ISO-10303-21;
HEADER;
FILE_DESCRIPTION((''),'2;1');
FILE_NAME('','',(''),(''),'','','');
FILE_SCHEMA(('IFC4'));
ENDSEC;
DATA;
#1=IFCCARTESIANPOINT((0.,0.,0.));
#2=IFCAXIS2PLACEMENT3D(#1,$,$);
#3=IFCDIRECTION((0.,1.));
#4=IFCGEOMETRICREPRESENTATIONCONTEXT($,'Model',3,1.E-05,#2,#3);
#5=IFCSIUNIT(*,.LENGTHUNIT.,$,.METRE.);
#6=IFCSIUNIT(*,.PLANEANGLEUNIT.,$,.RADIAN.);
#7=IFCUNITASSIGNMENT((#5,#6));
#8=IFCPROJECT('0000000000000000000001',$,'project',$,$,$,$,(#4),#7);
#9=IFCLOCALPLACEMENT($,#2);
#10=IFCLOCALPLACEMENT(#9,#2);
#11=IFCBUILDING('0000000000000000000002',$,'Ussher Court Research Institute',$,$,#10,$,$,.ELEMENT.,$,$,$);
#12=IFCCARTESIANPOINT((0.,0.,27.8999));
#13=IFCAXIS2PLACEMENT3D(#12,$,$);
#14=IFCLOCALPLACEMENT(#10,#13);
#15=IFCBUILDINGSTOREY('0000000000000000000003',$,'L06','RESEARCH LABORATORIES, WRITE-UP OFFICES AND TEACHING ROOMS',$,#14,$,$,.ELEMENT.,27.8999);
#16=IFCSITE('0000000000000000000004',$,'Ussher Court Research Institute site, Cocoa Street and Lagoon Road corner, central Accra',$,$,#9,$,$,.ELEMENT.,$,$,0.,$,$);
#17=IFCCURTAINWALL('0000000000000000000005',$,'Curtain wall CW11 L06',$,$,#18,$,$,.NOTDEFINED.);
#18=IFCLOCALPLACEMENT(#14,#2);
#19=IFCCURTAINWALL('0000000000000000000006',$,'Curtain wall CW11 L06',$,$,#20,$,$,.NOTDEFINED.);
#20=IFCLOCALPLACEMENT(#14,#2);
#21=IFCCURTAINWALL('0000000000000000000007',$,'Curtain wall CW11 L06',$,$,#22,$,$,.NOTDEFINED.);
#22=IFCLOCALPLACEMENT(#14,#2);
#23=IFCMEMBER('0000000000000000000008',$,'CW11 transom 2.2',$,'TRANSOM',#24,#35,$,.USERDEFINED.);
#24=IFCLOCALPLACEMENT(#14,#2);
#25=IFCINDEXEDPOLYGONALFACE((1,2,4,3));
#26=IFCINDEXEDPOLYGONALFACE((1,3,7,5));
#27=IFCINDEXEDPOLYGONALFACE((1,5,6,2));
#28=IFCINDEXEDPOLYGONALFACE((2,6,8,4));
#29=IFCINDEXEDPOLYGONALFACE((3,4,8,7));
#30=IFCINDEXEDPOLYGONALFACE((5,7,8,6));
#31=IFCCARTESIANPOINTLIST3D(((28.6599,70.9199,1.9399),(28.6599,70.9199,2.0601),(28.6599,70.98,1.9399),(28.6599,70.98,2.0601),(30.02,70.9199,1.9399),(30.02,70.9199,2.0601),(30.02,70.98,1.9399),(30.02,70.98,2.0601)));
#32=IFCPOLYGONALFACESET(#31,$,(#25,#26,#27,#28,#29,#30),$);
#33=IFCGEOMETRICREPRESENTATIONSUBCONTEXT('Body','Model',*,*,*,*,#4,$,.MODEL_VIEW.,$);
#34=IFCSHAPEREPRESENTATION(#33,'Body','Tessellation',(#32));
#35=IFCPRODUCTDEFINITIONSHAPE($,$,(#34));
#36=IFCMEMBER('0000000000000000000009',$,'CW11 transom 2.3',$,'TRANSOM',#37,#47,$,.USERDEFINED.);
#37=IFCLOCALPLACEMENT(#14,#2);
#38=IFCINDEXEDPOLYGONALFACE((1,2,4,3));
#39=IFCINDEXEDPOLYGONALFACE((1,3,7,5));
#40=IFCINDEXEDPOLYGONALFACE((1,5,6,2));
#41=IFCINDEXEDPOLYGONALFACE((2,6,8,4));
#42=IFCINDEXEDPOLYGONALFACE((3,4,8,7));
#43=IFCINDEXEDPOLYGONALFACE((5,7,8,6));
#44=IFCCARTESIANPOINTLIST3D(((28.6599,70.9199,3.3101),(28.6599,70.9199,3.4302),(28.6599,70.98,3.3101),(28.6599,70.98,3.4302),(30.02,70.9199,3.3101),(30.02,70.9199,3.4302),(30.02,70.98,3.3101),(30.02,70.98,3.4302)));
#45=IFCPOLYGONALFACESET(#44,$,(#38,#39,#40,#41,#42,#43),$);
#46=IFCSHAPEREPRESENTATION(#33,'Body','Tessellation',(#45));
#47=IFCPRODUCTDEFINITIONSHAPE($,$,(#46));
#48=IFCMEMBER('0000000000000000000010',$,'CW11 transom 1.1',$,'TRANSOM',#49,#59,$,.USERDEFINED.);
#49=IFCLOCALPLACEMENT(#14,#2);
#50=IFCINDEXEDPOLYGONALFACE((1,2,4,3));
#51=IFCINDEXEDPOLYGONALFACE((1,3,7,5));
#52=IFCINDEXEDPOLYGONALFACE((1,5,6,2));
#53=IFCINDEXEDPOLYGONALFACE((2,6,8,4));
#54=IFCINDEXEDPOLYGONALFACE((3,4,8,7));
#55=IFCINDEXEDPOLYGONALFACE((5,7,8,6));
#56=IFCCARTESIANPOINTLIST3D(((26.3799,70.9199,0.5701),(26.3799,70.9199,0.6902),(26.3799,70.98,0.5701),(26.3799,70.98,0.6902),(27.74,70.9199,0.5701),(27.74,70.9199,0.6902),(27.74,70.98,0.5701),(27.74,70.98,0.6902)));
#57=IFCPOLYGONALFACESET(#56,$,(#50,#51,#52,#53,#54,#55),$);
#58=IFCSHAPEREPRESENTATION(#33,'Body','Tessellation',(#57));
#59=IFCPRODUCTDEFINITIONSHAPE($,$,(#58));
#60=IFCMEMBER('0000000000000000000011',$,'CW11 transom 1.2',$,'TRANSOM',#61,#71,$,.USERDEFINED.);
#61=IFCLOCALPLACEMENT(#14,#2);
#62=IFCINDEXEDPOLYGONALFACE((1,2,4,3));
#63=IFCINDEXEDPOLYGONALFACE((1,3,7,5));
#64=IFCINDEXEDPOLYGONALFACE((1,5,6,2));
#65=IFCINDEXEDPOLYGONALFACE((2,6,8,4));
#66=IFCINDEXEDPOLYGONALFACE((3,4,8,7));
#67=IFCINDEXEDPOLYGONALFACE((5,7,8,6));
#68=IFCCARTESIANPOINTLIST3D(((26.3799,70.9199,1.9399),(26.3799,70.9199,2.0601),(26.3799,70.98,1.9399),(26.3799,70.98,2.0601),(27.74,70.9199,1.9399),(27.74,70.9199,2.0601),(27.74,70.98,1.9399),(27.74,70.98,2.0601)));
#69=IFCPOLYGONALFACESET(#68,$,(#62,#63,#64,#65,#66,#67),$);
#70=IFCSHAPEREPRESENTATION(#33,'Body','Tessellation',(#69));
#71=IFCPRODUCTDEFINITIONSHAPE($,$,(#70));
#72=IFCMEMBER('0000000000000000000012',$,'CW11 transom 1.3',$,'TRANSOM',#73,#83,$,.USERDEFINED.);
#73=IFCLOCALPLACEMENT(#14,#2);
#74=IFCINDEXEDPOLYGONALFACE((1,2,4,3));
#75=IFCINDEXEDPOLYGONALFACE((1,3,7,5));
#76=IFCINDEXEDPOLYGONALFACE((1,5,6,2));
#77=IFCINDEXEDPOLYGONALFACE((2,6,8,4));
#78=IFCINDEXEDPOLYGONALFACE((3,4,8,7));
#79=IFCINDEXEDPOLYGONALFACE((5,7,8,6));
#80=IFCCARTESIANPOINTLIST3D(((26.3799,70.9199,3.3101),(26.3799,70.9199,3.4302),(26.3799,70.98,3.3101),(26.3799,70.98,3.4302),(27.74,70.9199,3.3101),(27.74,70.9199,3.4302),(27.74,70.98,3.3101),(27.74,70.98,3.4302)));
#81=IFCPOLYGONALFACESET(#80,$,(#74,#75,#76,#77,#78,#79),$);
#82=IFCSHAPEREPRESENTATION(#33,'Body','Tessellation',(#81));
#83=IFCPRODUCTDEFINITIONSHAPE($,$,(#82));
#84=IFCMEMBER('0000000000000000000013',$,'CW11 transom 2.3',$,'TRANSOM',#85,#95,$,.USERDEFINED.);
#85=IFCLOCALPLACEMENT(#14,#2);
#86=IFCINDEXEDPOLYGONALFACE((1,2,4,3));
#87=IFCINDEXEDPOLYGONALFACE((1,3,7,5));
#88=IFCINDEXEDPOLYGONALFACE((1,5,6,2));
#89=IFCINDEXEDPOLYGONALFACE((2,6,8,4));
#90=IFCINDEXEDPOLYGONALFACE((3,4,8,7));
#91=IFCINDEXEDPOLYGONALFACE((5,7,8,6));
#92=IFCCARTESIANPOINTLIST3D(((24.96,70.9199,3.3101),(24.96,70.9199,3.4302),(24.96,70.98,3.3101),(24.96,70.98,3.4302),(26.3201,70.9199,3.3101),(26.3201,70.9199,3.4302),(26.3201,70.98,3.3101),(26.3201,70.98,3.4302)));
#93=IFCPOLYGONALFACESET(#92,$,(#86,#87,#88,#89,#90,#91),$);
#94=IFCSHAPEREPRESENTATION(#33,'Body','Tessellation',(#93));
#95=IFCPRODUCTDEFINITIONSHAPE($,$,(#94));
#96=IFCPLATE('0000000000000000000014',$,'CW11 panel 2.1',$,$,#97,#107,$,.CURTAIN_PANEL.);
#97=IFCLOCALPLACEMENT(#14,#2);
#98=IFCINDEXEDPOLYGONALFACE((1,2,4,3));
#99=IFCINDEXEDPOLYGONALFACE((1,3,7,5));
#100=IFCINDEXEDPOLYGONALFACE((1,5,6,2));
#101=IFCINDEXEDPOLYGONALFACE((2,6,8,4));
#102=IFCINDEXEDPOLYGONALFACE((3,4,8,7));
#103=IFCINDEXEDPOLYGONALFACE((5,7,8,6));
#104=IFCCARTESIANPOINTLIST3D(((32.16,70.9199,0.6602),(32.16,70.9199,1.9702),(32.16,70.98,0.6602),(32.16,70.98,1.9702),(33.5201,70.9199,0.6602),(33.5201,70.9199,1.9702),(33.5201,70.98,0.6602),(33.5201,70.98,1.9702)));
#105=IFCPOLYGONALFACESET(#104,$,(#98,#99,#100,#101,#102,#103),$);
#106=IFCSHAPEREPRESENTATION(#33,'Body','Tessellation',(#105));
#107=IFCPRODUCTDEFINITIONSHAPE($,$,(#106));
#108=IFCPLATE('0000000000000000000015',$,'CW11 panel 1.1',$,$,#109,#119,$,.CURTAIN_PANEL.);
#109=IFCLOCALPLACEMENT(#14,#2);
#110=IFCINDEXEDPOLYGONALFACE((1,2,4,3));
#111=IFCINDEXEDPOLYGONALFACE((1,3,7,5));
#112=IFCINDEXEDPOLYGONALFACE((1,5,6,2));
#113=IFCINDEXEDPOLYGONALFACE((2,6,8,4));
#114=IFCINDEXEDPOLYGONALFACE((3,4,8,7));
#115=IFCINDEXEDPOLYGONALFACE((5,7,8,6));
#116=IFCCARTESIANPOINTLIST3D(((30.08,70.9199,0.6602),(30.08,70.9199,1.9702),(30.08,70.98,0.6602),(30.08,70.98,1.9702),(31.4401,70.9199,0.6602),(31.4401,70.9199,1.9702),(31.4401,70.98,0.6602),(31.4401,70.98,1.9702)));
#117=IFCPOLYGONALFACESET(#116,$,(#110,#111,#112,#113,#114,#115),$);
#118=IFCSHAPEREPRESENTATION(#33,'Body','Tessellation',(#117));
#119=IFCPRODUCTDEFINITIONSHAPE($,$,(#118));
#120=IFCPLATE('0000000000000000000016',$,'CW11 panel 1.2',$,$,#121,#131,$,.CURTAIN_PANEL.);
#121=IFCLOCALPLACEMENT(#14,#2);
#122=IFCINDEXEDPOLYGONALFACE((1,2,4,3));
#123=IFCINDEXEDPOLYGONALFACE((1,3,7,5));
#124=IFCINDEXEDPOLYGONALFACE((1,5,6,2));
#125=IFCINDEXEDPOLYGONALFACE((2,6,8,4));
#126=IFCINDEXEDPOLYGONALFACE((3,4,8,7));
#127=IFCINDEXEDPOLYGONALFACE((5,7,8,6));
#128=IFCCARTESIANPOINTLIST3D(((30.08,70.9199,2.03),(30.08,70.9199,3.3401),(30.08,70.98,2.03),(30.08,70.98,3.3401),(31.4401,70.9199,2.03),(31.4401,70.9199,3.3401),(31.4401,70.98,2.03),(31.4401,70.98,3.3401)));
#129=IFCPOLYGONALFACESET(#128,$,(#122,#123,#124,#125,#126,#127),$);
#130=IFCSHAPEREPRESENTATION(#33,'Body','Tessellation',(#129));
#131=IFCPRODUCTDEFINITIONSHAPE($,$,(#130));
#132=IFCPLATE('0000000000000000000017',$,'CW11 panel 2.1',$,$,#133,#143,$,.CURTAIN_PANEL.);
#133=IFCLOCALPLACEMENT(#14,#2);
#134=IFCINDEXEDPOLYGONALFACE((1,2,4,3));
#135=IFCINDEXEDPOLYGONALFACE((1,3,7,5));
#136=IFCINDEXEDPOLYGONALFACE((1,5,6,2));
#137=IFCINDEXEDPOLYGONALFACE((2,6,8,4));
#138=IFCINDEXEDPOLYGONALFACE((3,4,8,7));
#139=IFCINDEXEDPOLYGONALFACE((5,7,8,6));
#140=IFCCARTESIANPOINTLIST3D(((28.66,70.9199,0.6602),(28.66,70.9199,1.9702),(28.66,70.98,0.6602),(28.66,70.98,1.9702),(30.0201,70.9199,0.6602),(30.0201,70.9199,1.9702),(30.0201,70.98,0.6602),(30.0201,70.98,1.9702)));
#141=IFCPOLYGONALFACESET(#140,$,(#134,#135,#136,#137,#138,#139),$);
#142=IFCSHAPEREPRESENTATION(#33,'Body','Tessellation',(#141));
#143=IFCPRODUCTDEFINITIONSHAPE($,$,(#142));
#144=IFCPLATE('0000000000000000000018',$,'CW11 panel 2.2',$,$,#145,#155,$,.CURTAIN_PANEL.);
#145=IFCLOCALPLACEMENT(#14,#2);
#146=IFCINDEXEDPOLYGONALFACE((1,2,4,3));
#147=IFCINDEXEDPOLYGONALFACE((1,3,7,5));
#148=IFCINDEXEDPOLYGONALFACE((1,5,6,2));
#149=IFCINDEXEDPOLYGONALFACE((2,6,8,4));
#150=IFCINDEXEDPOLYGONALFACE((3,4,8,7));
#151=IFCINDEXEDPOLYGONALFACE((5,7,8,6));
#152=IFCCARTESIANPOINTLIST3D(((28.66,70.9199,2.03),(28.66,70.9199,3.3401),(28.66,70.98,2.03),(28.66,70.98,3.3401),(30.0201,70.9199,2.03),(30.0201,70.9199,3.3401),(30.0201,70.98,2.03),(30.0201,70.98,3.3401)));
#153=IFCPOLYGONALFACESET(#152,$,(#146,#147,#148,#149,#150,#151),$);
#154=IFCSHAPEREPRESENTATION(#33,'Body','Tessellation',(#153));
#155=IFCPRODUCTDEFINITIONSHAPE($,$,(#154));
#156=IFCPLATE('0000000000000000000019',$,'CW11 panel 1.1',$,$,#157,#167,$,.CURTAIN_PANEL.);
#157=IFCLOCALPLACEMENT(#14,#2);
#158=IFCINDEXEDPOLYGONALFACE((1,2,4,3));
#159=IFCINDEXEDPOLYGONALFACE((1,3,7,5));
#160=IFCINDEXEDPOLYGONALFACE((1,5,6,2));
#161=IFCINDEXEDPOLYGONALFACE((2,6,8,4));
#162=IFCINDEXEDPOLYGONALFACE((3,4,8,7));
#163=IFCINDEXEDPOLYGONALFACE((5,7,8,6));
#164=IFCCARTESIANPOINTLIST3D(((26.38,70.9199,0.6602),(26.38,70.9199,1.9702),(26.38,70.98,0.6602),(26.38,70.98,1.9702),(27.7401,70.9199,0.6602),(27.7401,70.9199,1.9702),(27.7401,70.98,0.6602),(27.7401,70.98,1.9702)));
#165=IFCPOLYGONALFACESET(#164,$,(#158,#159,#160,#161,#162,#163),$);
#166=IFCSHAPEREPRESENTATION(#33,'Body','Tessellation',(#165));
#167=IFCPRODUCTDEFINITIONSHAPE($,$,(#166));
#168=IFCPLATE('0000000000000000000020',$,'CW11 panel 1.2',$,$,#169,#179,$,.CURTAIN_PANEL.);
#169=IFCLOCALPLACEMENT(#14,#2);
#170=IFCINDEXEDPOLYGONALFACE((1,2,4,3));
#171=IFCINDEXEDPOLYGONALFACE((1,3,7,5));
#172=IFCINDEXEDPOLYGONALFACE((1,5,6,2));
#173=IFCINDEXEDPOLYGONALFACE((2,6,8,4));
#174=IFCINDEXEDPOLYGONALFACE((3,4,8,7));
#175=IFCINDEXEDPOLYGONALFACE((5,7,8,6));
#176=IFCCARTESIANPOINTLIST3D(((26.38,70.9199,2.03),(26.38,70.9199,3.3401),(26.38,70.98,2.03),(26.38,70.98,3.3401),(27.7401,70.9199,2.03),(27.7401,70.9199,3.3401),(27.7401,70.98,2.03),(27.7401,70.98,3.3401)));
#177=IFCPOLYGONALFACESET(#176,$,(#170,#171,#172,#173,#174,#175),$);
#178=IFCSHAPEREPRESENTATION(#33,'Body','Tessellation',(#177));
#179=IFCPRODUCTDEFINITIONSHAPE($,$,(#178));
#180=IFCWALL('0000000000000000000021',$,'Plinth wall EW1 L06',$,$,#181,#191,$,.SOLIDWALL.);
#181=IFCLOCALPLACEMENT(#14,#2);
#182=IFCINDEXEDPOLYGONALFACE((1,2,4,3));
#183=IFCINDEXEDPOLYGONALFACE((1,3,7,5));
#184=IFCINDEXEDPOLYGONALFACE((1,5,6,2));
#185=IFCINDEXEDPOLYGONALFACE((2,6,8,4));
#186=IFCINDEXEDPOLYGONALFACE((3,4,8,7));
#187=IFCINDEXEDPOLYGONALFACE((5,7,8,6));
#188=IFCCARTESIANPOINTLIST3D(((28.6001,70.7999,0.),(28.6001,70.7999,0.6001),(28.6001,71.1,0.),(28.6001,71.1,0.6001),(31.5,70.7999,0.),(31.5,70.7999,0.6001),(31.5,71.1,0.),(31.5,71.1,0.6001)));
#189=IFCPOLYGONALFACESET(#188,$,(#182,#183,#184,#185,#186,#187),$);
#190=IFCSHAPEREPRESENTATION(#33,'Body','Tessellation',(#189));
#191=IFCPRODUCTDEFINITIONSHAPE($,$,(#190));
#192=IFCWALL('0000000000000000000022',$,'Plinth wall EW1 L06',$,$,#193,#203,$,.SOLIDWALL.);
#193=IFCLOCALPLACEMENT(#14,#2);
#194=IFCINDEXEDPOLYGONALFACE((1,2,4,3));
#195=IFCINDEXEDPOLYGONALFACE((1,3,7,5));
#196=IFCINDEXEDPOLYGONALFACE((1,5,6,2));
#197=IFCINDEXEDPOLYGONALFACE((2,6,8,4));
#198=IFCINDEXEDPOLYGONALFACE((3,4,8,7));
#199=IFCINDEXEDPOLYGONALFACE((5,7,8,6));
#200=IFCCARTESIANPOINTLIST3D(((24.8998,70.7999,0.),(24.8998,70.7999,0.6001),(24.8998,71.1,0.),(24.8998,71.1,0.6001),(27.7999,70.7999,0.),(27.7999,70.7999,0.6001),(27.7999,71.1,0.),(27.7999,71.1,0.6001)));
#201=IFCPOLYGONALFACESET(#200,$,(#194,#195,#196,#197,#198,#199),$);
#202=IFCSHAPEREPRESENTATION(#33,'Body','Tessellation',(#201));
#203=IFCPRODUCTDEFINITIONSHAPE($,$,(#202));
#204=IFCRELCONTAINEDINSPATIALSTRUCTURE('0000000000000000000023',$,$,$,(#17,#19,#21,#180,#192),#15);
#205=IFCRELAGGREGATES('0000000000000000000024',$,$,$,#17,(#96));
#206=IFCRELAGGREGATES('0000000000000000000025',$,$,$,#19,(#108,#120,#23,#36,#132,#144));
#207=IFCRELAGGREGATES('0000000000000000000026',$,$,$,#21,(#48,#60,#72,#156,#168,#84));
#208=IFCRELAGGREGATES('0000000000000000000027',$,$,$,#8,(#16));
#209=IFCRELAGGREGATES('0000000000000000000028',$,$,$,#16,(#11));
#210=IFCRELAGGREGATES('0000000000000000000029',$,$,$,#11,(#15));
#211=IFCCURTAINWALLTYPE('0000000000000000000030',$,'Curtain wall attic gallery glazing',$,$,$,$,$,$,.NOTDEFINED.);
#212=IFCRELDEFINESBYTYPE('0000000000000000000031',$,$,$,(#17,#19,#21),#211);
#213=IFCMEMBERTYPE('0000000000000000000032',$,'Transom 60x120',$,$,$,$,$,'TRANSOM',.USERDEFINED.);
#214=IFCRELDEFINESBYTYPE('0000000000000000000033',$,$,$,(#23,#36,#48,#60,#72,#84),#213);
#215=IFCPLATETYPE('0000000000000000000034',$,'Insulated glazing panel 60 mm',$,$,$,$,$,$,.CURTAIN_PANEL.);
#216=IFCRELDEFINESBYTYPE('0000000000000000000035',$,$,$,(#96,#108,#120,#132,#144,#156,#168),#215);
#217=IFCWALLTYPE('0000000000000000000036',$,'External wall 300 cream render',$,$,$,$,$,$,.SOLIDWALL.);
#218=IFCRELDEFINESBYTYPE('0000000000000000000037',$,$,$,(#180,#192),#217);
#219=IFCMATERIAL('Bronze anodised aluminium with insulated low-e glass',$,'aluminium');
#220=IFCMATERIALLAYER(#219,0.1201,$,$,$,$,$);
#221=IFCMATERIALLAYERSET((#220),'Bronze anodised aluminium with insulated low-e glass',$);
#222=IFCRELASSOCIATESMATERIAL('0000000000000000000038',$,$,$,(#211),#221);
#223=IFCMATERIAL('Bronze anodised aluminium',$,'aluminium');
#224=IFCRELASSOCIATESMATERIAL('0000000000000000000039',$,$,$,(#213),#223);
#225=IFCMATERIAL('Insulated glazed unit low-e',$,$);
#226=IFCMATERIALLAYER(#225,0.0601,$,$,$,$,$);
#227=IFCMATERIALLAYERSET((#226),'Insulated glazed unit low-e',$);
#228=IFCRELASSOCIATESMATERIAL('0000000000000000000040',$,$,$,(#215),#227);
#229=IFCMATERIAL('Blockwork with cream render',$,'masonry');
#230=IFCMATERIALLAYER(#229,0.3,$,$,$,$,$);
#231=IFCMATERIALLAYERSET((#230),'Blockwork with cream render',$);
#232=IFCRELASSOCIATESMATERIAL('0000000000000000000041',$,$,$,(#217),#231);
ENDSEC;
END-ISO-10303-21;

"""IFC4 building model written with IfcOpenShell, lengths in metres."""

from ifc_helpers import new_model, si_unit, direction, frame, frame_2d, origin, origin_2d, place, context, subcontext, project, spatial, rectangle, extrude, material, layer, layer_set, material_profile, profile_set, type_object, element, aggregate, save


model = new_model("IFC4")

# Units and contexts
model_context = context("Model", 3, precision=1e-05, world=origin(), true_north=direction((0.0, 1.0)))
body_context = subcontext(model_context, "Body", "Model", "MODEL_VIEW")
ifc_project = project(units=[si_unit("LENGTHUNIT", "METRE"), si_unit("PLANEANGLEUNIT", "RADIAN")], contexts=[model_context])

# Site, building, storey
site_placement = place(None, origin())
site = spatial("IfcSite", under=ifc_project, at=site_placement, Name="Ussher Court Research Institute site, Cocoa Street and Lagoon Road corner, central Accra", CompositionType="ELEMENT", RefElevation=0.0)
building_placement = place(site_placement, origin())
building = spatial("IfcBuilding", under=site, at=building_placement, Name="Ussher Court Research Institute", CompositionType="ELEMENT")
storey_placement = place(building_placement, frame((0.0, 0.0, 27.8999)))
storey = spatial("IfcBuildingStorey", under=building, at=storey_placement, Name="L06", Description="RESEARCH LABORATORIES, WRITE-UP OFFICES AND TEACHING ROOMS", CompositionType="ELEMENT", Elevation=27.8999)

# Curtain wall
ifc_material_1 = material(Name="Bronze anodised aluminium with insulated low-e glass", Category="aluminium")
ifc_layer_1 = layer(ifc_material_1, 0.1201)
ifc_layer_set_1 = layer_set([ifc_layer_1], Name="Bronze anodised aluminium with insulated low-e glass")
curtain_wall_type = type_object("IfcCurtainWallType", Name="Curtain wall attic gallery glazing", PredefinedType="NOTDEFINED", material=ifc_layer_set_1)
curtain_wall_1_placement = place(storey_placement, origin())
curtain_wall_1 = element("IfcCurtainWall", 1, at=curtain_wall_1_placement, inside=storey, type_object=curtain_wall_type, Name="Curtain wall CW11 L06", PredefinedType="NOTDEFINED")

# Curtain walls
curtain_wall_2_placement = place(storey_placement, origin())
curtain_wall_2 = element("IfcCurtainWall", 2, at=curtain_wall_2_placement, inside=storey, type_object=curtain_wall_type, Name="Curtain wall CW11 L06", PredefinedType="NOTDEFINED")
curtain_wall_3_placement = place(storey_placement, origin())
curtain_wall_3 = element("IfcCurtainWall", 3, at=curtain_wall_3_placement, inside=storey, type_object=curtain_wall_type, Name="Curtain wall CW11 L06", PredefinedType="NOTDEFINED")

# Members
ifc_material_2 = material(Name="Bronze anodised aluminium", Category="aluminium")
ifc_material_profile_1 = material_profile(ifc_material_2, rectangle(XDim=0.0601, YDim=0.1201, at=origin_2d()), Name="Transom 60x120")
ifc_profile_set_1 = profile_set([ifc_material_profile_1], Name="Bronze anodised aluminium")
member_type_1 = type_object("IfcMemberType", Name="Transom 60x120", ElementType="TRANSOM", PredefinedType="USERDEFINED", material=ifc_profile_set_1)
member_1_placement = place(storey_placement, frame((30.02, 70.95, 2.0), z_axis=(-1.0, 0.0, 0.0), x_axis=(0.0, -1.0, 0.0)))
member_1 = element("IfcMember", 4, at=member_1_placement, type_object=member_type_1, Name="CW11 transom 2.2", ObjectType="TRANSOM", PredefinedType="USERDEFINED", context=body_context, shape_type="SweptSolid", body=[
    extrude(rectangle(XDim=0.0601, YDim=0.1201, at=origin_2d()), origin(), (0.0, 0.0, 1.0), 1.3601),
])
member_2_placement = place(storey_placement, frame((30.02, 70.95, 3.3701), z_axis=(-1.0, 0.0, 0.0), x_axis=(0.0, -1.0, 0.0)))
member_2 = element("IfcMember", 5, at=member_2_placement, type_object=member_type_1, Name="CW11 transom 2.3", ObjectType="TRANSOM", PredefinedType="USERDEFINED", context=body_context, shape_type="SweptSolid", body=[
    extrude(rectangle(XDim=0.0601, YDim=0.1201, at=origin_2d()), origin(), (0.0, 0.0, 1.0), 1.3601),
])
member_3_placement = place(storey_placement, frame((27.74, 70.95, 0.6301), z_axis=(-1.0, 0.0, 0.0), x_axis=(0.0, -1.0, 0.0)))
member_3 = element("IfcMember", 6, at=member_3_placement, type_object=member_type_1, Name="CW11 transom 1.1", ObjectType="TRANSOM", PredefinedType="USERDEFINED", context=body_context, shape_type="SweptSolid", body=[
    extrude(rectangle(XDim=0.0601, YDim=0.1201, at=origin_2d()), origin(), (0.0, 0.0, 1.0), 1.3601),
])
member_4_placement = place(storey_placement, frame((27.74, 70.95, 2.0), z_axis=(-1.0, 0.0, 0.0), x_axis=(0.0, -1.0, 0.0)))
member_4 = element("IfcMember", 7, at=member_4_placement, type_object=member_type_1, Name="CW11 transom 1.2", ObjectType="TRANSOM", PredefinedType="USERDEFINED", context=body_context, shape_type="SweptSolid", body=[
    extrude(rectangle(XDim=0.0601, YDim=0.1201, at=origin_2d()), origin(), (0.0, 0.0, 1.0), 1.3601),
])
member_5_placement = place(storey_placement, frame((27.74, 70.95, 3.3701), z_axis=(-1.0, 0.0, 0.0), x_axis=(0.0, -1.0, 0.0)))
member_5 = element("IfcMember", 8, at=member_5_placement, type_object=member_type_1, Name="CW11 transom 1.3", ObjectType="TRANSOM", PredefinedType="USERDEFINED", context=body_context, shape_type="SweptSolid", body=[
    extrude(rectangle(XDim=0.0601, YDim=0.1201, at=origin_2d()), origin(), (0.0, 0.0, 1.0), 1.3601),
])
member_6_placement = place(storey_placement, frame((26.3201, 70.95, 3.3701), z_axis=(-1.0, 0.0, 0.0), x_axis=(0.0, -1.0, 0.0)))
member_6 = element("IfcMember", 9, at=member_6_placement, type_object=member_type_1, Name="CW11 transom 2.3", ObjectType="TRANSOM", PredefinedType="USERDEFINED", context=body_context, shape_type="SweptSolid", body=[
    extrude(rectangle(XDim=0.0601, YDim=0.1201, at=origin_2d()), origin(), (0.0, 0.0, 1.0), 1.3601),
])

# Plates
ifc_material_3 = material(Name="Insulated glazed unit low-e")
ifc_layer_2 = layer(ifc_material_3, 0.0601)
ifc_layer_set_2 = layer_set([ifc_layer_2], Name="Insulated glazed unit low-e")
plate_type = type_object("IfcPlateType", Name="Insulated glazing panel 60 mm", PredefinedType="CURTAIN_PANEL", material=ifc_layer_set_2)
plate_1_placement = place(storey_placement, frame((32.8401, 70.95, 0.6602), z_axis=(0.0, 0.0, 1.0), x_axis=(-1.0, 0.0, 0.0)))
plate_1 = element("IfcPlate", 10, at=plate_1_placement, type_object=plate_type, Name="CW11 panel 2.1", PredefinedType="CURTAIN_PANEL", context=body_context, shape_type="SweptSolid", body=[
    extrude(rectangle(XDim=1.3601, YDim=0.0601, at=origin_2d()), origin(), (0.0, 0.0, 1.0), 1.3101),
])
aggregate(curtain_wall_1, [plate_1])
plate_2_placement = place(storey_placement, frame((30.76, 70.95, 0.6602), z_axis=(0.0, 0.0, 1.0), x_axis=(-1.0, 0.0, 0.0)))
plate_2 = element("IfcPlate", 11, at=plate_2_placement, type_object=plate_type, Name="CW11 panel 1.1", PredefinedType="CURTAIN_PANEL", context=body_context, shape_type="SweptSolid", body=[
    extrude(rectangle(XDim=1.3601, YDim=0.0601, at=origin_2d()), origin(), (0.0, 0.0, 1.0), 1.3101),
])
plate_3_placement = place(storey_placement, frame((30.76, 70.95, 2.03), z_axis=(0.0, 0.0, 1.0), x_axis=(-1.0, 0.0, 0.0)))
plate_3 = element("IfcPlate", 12, at=plate_3_placement, type_object=plate_type, Name="CW11 panel 1.2", PredefinedType="CURTAIN_PANEL", context=body_context, shape_type="SweptSolid", body=[
    extrude(rectangle(XDim=1.3601, YDim=0.0601, at=origin_2d()), origin(), (0.0, 0.0, 1.0), 1.3101),
])
plate_4_placement = place(storey_placement, frame((29.3401, 70.95, 0.6602), z_axis=(0.0, 0.0, 1.0), x_axis=(-1.0, 0.0, 0.0)))
plate_4 = element("IfcPlate", 13, at=plate_4_placement, type_object=plate_type, Name="CW11 panel 2.1", PredefinedType="CURTAIN_PANEL", context=body_context, shape_type="SweptSolid", body=[
    extrude(rectangle(XDim=1.3601, YDim=0.0601, at=origin_2d()), origin(), (0.0, 0.0, 1.0), 1.3101),
])
plate_5_placement = place(storey_placement, frame((29.3401, 70.95, 2.03), z_axis=(0.0, 0.0, 1.0), x_axis=(-1.0, 0.0, 0.0)))
plate_5 = element("IfcPlate", 14, at=plate_5_placement, type_object=plate_type, Name="CW11 panel 2.2", PredefinedType="CURTAIN_PANEL", context=body_context, shape_type="SweptSolid", body=[
    extrude(rectangle(XDim=1.3601, YDim=0.0601, at=origin_2d()), origin(), (0.0, 0.0, 1.0), 1.3101),
])
aggregate(curtain_wall_2, [plate_2, plate_3, member_1, member_2, plate_4, plate_5])
plate_6_placement = place(storey_placement, frame((27.0601, 70.95, 0.6602), z_axis=(0.0, 0.0, 1.0), x_axis=(-1.0, 0.0, 0.0)))
plate_6 = element("IfcPlate", 15, at=plate_6_placement, type_object=plate_type, Name="CW11 panel 1.1", PredefinedType="CURTAIN_PANEL", context=body_context, shape_type="SweptSolid", body=[
    extrude(rectangle(XDim=1.3601, YDim=0.0601, at=origin_2d()), origin(), (0.0, 0.0, 1.0), 1.3101),
])
plate_7_placement = place(storey_placement, frame((27.0601, 70.95, 2.03), z_axis=(0.0, 0.0, 1.0), x_axis=(-1.0, 0.0, 0.0)))
plate_7 = element("IfcPlate", 16, at=plate_7_placement, type_object=plate_type, Name="CW11 panel 1.2", PredefinedType="CURTAIN_PANEL", context=body_context, shape_type="SweptSolid", body=[
    extrude(rectangle(XDim=1.3601, YDim=0.0601, at=origin_2d()), origin(), (0.0, 0.0, 1.0), 1.3101),
])
aggregate(curtain_wall_3, [member_3, member_4, member_5, plate_6, plate_7, member_6])

# Walls
ifc_material_4 = material(Name="Blockwork with cream render", Category="masonry")
ifc_layer_3 = layer(ifc_material_4, 0.3)
ifc_layer_set_3 = layer_set([ifc_layer_3], Name="Blockwork with cream render")
wall_type_1 = type_object("IfcWallType", Name="External wall 300 cream render", PredefinedType="SOLIDWALL", material=ifc_layer_set_3)
wall_1_placement = place(storey_placement, frame((31.5, 70.95, 0.0), z_axis=(0.0, 0.0, 1.0), x_axis=(-1.0, 0.0, 0.0)))
element("IfcWall", 17, at=wall_1_placement, inside=storey, type_object=wall_type_1, Name="Plinth wall EW1 L06", PredefinedType="SOLIDWALL", context=body_context, shape_type="SweptSolid", body=[
    extrude(rectangle(XDim=2.8999, YDim=0.3, at=frame_2d((1.45, 0.0))), origin(), (0.0, 0.0, 1.0), 0.6001),
])
wall_2_placement = place(storey_placement, frame((27.8, 70.95, 0.0), z_axis=(0.0, 0.0, 1.0), x_axis=(-1.0, 0.0, 0.0)))
element("IfcWall", 18, at=wall_2_placement, inside=storey, type_object=wall_type_1, Name="Plinth wall EW1 L06", PredefinedType="SOLIDWALL", context=body_context, shape_type="SweptSolid", body=[
    extrude(rectangle(XDim=2.9001, YDim=0.3, at=frame_2d((1.4502, 0.0))), origin(), (0.0, 0.0, 1.0), 0.6001),
])

save(model, "model.ifc")
